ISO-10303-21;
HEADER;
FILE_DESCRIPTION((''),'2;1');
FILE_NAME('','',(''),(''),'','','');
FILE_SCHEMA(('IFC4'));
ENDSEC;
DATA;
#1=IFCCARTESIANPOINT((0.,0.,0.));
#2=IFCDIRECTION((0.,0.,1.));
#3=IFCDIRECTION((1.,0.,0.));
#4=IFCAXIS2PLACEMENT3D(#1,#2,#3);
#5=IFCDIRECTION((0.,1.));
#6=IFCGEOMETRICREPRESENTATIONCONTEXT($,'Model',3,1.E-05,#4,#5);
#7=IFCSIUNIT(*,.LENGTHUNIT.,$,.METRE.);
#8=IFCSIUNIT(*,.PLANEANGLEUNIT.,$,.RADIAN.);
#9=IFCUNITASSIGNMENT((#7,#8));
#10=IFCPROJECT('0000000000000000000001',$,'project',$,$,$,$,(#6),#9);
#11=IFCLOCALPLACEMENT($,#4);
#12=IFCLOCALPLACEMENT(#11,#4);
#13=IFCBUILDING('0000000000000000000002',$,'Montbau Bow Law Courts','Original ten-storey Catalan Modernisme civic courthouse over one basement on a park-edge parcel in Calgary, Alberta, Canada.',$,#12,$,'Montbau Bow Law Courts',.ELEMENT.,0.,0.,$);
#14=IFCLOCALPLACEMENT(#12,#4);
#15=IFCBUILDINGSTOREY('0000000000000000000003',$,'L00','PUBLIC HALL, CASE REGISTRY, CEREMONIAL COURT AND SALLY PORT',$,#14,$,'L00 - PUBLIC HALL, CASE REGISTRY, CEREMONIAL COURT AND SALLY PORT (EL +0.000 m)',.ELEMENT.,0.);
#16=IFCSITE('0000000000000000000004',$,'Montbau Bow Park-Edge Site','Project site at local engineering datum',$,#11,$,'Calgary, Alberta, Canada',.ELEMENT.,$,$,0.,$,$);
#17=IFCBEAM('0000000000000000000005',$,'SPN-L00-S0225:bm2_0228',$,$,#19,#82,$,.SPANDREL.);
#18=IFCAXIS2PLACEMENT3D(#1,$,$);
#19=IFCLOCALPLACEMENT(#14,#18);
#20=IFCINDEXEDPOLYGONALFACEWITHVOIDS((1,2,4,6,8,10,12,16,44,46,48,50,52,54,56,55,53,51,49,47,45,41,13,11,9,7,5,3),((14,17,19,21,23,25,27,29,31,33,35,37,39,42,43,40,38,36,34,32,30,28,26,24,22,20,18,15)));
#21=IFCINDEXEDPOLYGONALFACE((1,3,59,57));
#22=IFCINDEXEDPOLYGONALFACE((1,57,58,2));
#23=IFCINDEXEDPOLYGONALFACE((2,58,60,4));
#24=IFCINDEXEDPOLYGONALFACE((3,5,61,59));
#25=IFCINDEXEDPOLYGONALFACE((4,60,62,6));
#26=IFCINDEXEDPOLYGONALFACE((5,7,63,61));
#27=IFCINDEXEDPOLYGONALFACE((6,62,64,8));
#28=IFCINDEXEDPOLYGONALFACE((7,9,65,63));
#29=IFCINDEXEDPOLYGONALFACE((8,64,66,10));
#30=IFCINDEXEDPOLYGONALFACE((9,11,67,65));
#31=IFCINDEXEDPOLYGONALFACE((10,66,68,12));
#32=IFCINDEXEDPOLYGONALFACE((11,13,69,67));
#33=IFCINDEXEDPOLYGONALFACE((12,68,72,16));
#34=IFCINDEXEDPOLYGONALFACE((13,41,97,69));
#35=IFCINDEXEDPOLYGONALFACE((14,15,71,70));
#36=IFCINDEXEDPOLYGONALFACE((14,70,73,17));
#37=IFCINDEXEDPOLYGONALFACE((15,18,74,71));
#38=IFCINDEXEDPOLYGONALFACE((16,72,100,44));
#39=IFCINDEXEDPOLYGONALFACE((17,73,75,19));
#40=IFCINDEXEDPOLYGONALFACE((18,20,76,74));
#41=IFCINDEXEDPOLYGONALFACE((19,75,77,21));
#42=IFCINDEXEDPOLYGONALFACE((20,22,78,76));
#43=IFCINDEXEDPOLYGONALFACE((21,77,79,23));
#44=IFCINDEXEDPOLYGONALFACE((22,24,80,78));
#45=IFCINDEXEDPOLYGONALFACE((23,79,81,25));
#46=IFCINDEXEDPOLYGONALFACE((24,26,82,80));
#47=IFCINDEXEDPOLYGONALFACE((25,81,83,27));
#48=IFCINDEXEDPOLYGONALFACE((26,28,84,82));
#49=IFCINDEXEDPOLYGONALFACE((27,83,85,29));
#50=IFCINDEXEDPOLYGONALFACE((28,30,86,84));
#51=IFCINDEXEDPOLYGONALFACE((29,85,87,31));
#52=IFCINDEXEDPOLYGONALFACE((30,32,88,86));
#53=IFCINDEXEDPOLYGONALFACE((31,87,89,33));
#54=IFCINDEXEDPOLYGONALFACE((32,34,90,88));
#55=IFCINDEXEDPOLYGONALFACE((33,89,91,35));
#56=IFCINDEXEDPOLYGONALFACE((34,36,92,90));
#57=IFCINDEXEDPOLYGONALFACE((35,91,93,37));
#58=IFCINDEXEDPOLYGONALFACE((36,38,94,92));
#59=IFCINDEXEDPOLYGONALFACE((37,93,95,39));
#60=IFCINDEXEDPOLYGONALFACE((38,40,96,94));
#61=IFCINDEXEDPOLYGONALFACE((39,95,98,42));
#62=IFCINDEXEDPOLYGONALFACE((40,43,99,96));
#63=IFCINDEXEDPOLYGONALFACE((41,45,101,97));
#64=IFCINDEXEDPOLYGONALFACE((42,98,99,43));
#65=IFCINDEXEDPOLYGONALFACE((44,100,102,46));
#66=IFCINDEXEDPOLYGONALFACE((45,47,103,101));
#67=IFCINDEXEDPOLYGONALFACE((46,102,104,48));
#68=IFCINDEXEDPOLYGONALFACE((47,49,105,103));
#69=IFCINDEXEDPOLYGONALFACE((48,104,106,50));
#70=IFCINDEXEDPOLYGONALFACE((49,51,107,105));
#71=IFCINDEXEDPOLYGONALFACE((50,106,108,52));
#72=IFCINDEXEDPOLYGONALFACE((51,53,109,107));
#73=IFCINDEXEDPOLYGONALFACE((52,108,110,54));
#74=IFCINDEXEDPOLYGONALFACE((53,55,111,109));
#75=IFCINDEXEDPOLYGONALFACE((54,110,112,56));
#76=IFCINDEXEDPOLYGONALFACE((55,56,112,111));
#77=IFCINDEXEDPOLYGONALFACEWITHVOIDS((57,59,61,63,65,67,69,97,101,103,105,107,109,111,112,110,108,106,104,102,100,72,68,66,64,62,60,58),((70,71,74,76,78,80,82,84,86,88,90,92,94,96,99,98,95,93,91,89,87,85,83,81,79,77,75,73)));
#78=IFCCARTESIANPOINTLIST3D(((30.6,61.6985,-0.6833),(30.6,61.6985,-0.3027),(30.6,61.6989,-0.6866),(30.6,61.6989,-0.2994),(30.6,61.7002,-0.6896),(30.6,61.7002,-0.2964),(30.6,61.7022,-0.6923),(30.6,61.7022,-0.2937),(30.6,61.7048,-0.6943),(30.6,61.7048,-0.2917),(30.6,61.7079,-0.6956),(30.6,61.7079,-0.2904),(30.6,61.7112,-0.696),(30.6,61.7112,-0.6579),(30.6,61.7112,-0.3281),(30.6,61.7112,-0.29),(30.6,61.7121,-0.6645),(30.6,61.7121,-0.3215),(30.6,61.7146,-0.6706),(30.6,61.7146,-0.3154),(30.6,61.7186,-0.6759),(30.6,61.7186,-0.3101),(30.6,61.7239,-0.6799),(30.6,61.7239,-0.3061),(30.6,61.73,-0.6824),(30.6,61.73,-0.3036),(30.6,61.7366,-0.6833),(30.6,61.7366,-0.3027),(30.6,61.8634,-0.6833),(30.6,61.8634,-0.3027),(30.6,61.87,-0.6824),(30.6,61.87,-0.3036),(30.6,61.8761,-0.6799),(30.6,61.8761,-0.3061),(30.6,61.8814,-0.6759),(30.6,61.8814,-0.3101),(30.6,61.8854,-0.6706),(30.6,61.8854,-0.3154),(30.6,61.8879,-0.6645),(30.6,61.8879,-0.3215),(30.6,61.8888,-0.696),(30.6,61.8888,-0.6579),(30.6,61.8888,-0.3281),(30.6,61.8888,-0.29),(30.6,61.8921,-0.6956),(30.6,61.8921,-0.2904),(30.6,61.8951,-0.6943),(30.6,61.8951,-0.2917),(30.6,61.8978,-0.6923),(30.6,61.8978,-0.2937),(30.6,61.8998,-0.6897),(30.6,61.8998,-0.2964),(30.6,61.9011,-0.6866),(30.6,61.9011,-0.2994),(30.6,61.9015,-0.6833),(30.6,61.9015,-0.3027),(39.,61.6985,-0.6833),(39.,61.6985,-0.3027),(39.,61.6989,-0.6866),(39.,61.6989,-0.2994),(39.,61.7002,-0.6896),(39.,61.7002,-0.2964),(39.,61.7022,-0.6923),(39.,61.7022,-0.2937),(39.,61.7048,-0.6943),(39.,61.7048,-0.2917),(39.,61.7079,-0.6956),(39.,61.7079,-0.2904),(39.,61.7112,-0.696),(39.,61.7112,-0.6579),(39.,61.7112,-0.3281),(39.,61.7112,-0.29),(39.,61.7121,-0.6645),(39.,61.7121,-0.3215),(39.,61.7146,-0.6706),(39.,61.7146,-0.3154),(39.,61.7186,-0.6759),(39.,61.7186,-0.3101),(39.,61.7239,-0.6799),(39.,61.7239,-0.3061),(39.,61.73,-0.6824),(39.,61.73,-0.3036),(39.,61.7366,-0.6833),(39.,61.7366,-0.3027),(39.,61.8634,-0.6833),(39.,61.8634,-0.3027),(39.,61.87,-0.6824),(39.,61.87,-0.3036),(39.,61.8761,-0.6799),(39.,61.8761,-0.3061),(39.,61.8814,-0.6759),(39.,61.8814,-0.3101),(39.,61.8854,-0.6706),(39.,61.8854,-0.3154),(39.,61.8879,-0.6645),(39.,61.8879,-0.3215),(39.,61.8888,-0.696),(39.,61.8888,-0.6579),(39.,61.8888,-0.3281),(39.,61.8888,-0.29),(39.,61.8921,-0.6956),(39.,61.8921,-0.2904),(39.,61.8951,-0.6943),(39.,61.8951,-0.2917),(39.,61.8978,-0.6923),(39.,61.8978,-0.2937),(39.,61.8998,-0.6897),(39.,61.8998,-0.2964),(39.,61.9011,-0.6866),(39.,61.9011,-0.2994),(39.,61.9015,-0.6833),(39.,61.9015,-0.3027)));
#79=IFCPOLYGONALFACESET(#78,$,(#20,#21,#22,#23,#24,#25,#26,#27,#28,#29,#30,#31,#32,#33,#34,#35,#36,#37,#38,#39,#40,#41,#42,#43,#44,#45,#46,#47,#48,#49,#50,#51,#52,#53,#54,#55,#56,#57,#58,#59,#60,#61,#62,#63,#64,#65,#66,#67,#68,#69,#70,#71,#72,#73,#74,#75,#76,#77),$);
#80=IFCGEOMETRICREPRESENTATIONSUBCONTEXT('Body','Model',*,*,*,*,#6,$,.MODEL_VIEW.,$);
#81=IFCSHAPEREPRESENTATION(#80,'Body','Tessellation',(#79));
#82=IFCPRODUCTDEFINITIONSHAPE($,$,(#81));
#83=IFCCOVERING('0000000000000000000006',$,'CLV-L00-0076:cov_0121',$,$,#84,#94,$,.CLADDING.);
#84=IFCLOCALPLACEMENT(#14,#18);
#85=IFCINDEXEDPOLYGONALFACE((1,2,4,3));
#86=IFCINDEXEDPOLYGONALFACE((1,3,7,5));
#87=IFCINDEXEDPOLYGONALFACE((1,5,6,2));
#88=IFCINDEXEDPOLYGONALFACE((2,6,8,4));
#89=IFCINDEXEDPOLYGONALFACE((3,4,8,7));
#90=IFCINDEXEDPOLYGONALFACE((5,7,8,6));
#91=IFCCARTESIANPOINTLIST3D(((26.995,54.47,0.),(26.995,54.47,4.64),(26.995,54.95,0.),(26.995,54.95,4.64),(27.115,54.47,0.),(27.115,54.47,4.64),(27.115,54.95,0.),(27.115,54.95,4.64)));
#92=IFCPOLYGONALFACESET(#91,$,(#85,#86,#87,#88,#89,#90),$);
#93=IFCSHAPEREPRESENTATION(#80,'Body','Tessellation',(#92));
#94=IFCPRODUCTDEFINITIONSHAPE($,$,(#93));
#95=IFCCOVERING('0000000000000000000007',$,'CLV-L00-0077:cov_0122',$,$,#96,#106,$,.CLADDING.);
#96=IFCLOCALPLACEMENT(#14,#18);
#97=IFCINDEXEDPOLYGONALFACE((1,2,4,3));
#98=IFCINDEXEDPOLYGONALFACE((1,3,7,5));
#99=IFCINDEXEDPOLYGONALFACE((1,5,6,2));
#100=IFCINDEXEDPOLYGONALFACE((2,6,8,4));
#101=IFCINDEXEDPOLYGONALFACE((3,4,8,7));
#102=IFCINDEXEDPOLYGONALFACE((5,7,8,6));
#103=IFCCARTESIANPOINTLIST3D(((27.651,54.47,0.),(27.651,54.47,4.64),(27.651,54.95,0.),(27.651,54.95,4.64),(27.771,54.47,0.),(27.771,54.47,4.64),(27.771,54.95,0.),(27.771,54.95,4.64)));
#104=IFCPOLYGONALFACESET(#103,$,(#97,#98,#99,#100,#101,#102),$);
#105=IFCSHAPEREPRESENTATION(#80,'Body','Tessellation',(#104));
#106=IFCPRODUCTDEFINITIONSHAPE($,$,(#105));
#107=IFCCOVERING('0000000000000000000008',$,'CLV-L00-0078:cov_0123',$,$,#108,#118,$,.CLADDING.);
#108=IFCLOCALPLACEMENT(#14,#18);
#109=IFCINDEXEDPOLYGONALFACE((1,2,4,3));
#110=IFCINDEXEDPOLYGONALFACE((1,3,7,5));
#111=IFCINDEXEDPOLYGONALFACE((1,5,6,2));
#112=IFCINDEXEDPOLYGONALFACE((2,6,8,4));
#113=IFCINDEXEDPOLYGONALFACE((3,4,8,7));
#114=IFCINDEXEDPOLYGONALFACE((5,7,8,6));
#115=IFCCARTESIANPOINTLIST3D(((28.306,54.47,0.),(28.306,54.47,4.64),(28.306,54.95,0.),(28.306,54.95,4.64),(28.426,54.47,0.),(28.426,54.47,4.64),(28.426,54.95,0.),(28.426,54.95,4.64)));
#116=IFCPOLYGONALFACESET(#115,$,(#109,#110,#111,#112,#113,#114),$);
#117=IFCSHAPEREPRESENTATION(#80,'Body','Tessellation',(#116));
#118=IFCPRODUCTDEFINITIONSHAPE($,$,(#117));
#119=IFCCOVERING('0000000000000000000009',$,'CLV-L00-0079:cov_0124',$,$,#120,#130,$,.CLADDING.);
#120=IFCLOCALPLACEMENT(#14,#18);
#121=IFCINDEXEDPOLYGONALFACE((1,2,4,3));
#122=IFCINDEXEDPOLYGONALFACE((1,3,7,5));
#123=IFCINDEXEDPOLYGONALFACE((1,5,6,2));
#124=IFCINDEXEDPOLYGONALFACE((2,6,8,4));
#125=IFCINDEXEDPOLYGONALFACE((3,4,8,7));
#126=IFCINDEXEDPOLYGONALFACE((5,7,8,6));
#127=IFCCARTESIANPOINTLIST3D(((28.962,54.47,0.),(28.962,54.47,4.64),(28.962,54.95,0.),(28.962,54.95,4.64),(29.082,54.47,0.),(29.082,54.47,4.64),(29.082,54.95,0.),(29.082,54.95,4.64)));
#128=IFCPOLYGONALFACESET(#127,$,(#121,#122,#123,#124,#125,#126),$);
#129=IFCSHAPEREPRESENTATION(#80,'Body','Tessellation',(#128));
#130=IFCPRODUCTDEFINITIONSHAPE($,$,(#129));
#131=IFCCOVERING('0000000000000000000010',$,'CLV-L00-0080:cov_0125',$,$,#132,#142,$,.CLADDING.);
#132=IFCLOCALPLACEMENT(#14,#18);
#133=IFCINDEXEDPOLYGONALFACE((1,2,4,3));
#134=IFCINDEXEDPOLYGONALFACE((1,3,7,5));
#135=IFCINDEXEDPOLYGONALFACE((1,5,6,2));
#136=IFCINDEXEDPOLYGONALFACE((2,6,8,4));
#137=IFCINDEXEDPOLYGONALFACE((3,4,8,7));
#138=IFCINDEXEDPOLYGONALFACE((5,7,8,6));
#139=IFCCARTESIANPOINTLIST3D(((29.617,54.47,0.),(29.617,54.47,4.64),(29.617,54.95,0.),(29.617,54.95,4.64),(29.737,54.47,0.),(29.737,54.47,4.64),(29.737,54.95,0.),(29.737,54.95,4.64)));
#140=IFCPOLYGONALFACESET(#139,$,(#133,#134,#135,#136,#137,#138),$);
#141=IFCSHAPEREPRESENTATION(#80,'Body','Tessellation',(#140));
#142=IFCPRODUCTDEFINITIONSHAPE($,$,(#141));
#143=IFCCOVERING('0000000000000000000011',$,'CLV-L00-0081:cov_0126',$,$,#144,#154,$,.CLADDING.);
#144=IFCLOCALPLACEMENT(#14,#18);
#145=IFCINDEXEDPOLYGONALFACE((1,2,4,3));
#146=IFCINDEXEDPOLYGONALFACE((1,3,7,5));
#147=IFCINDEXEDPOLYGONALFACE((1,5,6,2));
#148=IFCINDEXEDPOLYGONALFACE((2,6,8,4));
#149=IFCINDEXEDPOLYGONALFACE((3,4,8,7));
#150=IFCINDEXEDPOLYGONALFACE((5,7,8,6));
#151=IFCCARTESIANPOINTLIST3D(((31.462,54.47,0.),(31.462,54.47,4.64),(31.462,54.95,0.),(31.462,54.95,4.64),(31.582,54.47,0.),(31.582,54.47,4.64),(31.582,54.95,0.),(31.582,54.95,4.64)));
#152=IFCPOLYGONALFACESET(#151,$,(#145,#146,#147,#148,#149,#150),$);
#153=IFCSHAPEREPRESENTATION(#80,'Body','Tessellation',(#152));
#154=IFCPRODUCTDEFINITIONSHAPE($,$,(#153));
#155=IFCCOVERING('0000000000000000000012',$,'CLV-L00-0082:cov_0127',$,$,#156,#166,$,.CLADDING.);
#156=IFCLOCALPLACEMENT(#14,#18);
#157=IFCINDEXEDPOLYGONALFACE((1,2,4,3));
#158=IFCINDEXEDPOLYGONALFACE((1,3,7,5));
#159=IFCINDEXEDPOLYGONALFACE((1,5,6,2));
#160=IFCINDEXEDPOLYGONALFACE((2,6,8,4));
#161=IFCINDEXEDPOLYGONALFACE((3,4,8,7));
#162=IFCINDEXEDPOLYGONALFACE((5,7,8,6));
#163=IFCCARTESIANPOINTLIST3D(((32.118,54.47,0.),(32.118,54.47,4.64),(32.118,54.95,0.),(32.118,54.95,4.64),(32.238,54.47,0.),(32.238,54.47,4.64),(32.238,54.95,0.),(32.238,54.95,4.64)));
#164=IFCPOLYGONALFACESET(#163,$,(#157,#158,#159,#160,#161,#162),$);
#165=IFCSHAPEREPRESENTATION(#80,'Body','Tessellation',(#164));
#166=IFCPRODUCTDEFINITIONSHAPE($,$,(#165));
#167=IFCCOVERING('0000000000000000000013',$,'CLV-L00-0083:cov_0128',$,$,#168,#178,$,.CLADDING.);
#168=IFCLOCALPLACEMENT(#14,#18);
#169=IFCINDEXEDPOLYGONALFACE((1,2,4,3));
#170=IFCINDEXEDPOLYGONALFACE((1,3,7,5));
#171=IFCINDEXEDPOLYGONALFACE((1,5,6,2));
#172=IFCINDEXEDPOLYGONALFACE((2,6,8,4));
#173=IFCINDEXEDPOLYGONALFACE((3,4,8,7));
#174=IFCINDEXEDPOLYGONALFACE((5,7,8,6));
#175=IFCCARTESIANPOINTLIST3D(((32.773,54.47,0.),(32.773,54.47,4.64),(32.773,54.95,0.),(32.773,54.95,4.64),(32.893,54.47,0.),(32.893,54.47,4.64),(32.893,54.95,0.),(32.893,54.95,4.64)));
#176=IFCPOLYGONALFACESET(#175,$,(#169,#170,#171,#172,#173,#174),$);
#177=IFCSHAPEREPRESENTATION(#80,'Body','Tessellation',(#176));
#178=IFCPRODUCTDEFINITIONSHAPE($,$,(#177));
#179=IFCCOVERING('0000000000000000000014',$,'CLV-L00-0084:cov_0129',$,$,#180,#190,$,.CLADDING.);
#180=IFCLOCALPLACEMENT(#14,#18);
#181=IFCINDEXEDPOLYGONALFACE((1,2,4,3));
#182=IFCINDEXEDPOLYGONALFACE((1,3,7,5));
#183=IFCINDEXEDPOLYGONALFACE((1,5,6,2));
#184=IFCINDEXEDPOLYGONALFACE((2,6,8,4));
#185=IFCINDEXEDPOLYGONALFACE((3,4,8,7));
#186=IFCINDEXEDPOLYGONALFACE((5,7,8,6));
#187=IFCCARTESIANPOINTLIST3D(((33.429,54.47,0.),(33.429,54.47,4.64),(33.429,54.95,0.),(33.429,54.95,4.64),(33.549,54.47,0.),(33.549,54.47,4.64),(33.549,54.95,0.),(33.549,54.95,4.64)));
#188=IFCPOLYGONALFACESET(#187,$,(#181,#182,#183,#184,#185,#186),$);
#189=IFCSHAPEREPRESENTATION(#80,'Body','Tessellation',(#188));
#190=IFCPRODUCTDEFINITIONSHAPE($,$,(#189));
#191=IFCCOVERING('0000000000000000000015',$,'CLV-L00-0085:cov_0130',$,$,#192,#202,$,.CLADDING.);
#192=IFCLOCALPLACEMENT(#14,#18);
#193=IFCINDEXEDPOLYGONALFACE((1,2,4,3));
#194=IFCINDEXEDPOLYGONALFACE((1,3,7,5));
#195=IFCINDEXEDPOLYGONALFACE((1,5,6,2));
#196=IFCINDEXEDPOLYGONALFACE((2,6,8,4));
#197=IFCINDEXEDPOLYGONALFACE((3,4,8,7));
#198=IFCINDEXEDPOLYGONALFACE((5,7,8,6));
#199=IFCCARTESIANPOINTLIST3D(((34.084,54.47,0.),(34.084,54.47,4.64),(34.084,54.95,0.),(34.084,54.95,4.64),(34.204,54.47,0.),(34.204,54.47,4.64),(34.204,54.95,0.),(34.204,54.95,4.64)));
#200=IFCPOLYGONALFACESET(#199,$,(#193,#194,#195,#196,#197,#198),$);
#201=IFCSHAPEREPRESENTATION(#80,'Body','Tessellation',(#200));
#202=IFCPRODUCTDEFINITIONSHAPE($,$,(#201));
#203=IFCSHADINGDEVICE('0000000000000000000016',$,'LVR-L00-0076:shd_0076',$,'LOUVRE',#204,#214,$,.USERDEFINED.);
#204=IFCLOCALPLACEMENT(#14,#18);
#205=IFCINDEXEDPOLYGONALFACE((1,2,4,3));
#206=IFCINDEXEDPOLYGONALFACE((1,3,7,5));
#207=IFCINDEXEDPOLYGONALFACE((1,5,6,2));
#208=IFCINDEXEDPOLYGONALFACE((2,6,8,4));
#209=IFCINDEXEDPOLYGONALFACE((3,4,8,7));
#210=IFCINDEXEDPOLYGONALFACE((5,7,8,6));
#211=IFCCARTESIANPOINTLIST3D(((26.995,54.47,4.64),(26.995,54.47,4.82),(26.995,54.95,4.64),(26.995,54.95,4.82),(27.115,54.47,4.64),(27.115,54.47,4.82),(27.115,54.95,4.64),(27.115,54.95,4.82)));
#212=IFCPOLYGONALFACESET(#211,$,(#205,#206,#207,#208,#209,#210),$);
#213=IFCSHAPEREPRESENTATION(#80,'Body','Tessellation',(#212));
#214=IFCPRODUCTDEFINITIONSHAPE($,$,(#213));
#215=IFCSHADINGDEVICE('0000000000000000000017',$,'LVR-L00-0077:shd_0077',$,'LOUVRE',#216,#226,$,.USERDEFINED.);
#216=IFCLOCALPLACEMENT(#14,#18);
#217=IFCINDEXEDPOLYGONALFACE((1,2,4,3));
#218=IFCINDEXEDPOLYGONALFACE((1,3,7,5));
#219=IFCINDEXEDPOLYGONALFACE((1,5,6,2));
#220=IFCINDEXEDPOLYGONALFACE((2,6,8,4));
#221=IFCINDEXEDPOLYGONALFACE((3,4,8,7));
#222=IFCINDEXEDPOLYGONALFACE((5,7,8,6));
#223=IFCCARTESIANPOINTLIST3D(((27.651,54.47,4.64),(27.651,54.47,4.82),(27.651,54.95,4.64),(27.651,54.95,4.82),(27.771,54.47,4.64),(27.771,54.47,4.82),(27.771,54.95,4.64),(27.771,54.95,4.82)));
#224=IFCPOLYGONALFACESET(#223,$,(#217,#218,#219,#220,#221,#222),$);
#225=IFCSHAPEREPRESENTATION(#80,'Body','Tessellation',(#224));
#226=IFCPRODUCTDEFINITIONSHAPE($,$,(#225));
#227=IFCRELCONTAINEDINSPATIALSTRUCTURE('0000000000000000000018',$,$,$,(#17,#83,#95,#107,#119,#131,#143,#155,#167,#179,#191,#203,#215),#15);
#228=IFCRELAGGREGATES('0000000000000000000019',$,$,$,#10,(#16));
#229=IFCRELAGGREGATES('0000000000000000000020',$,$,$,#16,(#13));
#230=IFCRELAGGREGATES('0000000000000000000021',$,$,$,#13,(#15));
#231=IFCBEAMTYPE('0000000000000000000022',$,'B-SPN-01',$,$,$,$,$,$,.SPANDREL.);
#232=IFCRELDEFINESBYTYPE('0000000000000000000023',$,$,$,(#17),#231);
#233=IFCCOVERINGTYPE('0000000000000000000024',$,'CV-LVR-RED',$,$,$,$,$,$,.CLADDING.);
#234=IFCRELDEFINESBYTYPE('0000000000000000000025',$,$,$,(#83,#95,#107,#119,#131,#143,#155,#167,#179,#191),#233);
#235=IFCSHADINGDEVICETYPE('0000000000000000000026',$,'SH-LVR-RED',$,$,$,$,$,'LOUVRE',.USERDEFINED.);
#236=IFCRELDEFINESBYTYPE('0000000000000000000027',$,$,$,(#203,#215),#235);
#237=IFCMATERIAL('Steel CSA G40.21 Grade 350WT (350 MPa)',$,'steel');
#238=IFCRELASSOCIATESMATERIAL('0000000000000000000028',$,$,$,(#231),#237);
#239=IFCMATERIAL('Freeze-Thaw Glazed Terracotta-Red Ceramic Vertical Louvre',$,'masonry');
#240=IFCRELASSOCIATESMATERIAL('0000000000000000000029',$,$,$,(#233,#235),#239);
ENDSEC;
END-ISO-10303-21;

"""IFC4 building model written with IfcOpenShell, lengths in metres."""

from ifc_helpers import new_model, si_unit, direction, frame, frame_2d, origin_with_axes, origin_2d_with_axis, place, context, subcontext, project, spatial, rectangle, hollow_rectangle, extrude, material, material_profile, profile_set, type_object, element, save


model = new_model("IFC4")

# Units and contexts
model_context = context("Model", 3, precision=1e-05, world=origin_with_axes(), true_north=direction((0.0, 1.0)))
body_context = subcontext(model_context, "Body", "Model", "MODEL_VIEW")
ifc_project = project(units=[si_unit("LENGTHUNIT", "METRE"), si_unit("PLANEANGLEUNIT", "RADIAN")], contexts=[model_context])

# Site, building, storey
site_placement = place(None, origin_with_axes())
site = spatial("IfcSite", under=ifc_project, at=site_placement, Name="Montbau Bow Park-Edge Site", Description="Project site at local engineering datum", LongName="Calgary, Alberta, Canada", CompositionType="ELEMENT", RefElevation=0.0)
building_placement = place(site_placement, origin_with_axes())
building = spatial("IfcBuilding", under=site, at=building_placement, Name="Montbau Bow Law Courts", Description="Original ten-storey Catalan Modernisme civic courthouse over one basement on a park-edge parcel in Calgary, Alberta, Canada.", LongName="Montbau Bow Law Courts", CompositionType="ELEMENT", ElevationOfRefHeight=0.0, ElevationOfTerrain=0.0)
storey_placement = place(building_placement, origin_with_axes())
storey = spatial("IfcBuildingStorey", under=building, at=storey_placement, Name="L00", Description="PUBLIC HALL, CASE REGISTRY, CEREMONIAL COURT AND SALLY PORT", LongName="L00 - PUBLIC HALL, CASE REGISTRY, CEREMONIAL COURT AND SALLY PORT (EL +0.000 m)", CompositionType="ELEMENT", Elevation=0.0)

# Shared definitions
ifc_material_1 = material(Name="Steel CSA G40.21 Grade 350WT (350 MPa)", Category="steel")

# Beam
ifc_material_profile_1 = material_profile(ifc_material_1, hollow_rectangle(XDim=0.203, YDim=0.406, WallThickness=0.0127, InnerFilletRadius=0.0254, OuterFilletRadius=0.0127, at=origin_2d_with_axis()), Name="HSS406X203X13", Category="Main", Priority=0)
ifc_profile_set_1 = profile_set([ifc_material_profile_1], Name="Steel CSA G40.21 Grade 350WT (350 MPa)")
beam_type_1 = type_object("IfcBeamType", Name="B-SPN-01", PredefinedType="SPANDREL", material=ifc_profile_set_1)
beam_1_placement = place(None, frame((30.6, 61.8, -0.493), z_axis=(1.0, 0.0, 0.0), x_axis=(0.0, 1.0, 0.0)))
element("IfcBeam", 1, at=beam_1_placement, inside=storey, type_object=beam_type_1, Name="SPN-L00-S0225:bm2_0228", PredefinedType="SPANDREL", context=body_context, shape_type="SweptSolid", body=[
    extrude(hollow_rectangle(XDim=0.203, YDim=0.406, WallThickness=0.0127, InnerFilletRadius=0.0254, OuterFilletRadius=0.0127, at=origin_2d_with_axis()), origin_with_axes(), (0.0, 0.0, 1.0), 8.4),
])

# Coverings
ifc_material_2 = material(Name="Freeze-Thaw Glazed Terracotta-Red Ceramic Vertical Louvre", Category="masonry")
covering_type = type_object("IfcCoveringType", Name="CV-LVR-RED", PredefinedType="CLADDING", material=ifc_material_2)
for number, where, z_axis, x_axis, name in (
    (2, (27.055, 54.47, 0.0), (1.0, 0.0, 0.0), (0.0, 1.0, 0.0), "CLV-L00-0076:cov_0121"),
    (3, (27.711, 54.47, 0.0), (1.0, 0.0, 0.0), (0.0, 1.0, 0.0), "CLV-L00-0077:cov_0122"),
    (4, (28.366, 54.47, 0.0), (1.0, 0.0, 0.0), (0.0, 1.0, 0.0), "CLV-L00-0078:cov_0123"),
    (5, (29.022, 54.47, 0.0), (1.0, 0.0, 0.0), (0.0, 1.0, 0.0), "CLV-L00-0079:cov_0124"),
    (6, (29.677, 54.47, 0.0), (1.0, 0.0, 0.0), (0.0, 1.0, 0.0), "CLV-L00-0080:cov_0125"),
    (7, (31.522, 54.47, 0.0), (1.0, 0.0, 0.0), (0.0, 1.0, 0.0), "CLV-L00-0081:cov_0126"),
    (8, (32.178, 54.47, 0.0), (1.0, 0.0, 0.0), (0.0, 1.0, 0.0), "CLV-L00-0082:cov_0127"),
    (9, (32.833, 54.47, 0.0), (1.0, 0.0, 0.0), (0.0, 1.0, 0.0), "CLV-L00-0083:cov_0128"),
    (10, (33.489, 54.47, 0.0), (1.0, 0.0, 0.0), (0.0, 1.0, 0.0), "CLV-L00-0084:cov_0129"),
    (11, (34.144, 54.47, 0.0), (1.0, 0.0, 0.0), (0.0, 1.0, 0.0), "CLV-L00-0085:cov_0130"),
):
    element("IfcCovering", number, at=place(None, frame(where, z_axis=z_axis, x_axis=x_axis)), inside=storey, type_object=covering_type, Name=name, PredefinedType="CLADDING", context=body_context, shape_type="SweptSolid", body=[
        extrude(rectangle(XDim=0.48, YDim=4.64, at=frame_2d((0.24, 2.32), x_axis=(1.0, 0.0))), frame((0.0, 0.0, -0.06), z_axis=(0.0, 0.0, 1.0), x_axis=(1.0, 0.0, 0.0)), (0.0, 0.0, 1.0), 0.12),
    ])

# Shading devices
shading_device_type = type_object("IfcShadingDeviceType", Name="SH-LVR-RED", ElementType="LOUVRE", PredefinedType="USERDEFINED", material=ifc_material_2)
for number, where, z_axis, x_axis, name in (
    (12, (27.055, 54.71, 4.64), (0.0, 0.0, 1.0), (0.0, 1.0, 0.0), "LVR-L00-0076:shd_0076"),
    (13, (27.711, 54.71, 4.64), (0.0, 0.0, 1.0), (0.0, 1.0, 0.0), "LVR-L00-0077:shd_0077"),
):
    element("IfcShadingDevice", number, at=place(None, frame(where, z_axis=z_axis, x_axis=x_axis)), inside=storey, type_object=shading_device_type, Name=name, ObjectType="LOUVRE", PredefinedType="USERDEFINED", context=body_context, shape_type="SweptSolid", body=[
        extrude(rectangle(XDim=0.48, YDim=0.12, at=origin_2d_with_axis()), origin_with_axes(), (0.0, 0.0, 1.0), 0.18),
    ])

save(model, "model.ifc")
